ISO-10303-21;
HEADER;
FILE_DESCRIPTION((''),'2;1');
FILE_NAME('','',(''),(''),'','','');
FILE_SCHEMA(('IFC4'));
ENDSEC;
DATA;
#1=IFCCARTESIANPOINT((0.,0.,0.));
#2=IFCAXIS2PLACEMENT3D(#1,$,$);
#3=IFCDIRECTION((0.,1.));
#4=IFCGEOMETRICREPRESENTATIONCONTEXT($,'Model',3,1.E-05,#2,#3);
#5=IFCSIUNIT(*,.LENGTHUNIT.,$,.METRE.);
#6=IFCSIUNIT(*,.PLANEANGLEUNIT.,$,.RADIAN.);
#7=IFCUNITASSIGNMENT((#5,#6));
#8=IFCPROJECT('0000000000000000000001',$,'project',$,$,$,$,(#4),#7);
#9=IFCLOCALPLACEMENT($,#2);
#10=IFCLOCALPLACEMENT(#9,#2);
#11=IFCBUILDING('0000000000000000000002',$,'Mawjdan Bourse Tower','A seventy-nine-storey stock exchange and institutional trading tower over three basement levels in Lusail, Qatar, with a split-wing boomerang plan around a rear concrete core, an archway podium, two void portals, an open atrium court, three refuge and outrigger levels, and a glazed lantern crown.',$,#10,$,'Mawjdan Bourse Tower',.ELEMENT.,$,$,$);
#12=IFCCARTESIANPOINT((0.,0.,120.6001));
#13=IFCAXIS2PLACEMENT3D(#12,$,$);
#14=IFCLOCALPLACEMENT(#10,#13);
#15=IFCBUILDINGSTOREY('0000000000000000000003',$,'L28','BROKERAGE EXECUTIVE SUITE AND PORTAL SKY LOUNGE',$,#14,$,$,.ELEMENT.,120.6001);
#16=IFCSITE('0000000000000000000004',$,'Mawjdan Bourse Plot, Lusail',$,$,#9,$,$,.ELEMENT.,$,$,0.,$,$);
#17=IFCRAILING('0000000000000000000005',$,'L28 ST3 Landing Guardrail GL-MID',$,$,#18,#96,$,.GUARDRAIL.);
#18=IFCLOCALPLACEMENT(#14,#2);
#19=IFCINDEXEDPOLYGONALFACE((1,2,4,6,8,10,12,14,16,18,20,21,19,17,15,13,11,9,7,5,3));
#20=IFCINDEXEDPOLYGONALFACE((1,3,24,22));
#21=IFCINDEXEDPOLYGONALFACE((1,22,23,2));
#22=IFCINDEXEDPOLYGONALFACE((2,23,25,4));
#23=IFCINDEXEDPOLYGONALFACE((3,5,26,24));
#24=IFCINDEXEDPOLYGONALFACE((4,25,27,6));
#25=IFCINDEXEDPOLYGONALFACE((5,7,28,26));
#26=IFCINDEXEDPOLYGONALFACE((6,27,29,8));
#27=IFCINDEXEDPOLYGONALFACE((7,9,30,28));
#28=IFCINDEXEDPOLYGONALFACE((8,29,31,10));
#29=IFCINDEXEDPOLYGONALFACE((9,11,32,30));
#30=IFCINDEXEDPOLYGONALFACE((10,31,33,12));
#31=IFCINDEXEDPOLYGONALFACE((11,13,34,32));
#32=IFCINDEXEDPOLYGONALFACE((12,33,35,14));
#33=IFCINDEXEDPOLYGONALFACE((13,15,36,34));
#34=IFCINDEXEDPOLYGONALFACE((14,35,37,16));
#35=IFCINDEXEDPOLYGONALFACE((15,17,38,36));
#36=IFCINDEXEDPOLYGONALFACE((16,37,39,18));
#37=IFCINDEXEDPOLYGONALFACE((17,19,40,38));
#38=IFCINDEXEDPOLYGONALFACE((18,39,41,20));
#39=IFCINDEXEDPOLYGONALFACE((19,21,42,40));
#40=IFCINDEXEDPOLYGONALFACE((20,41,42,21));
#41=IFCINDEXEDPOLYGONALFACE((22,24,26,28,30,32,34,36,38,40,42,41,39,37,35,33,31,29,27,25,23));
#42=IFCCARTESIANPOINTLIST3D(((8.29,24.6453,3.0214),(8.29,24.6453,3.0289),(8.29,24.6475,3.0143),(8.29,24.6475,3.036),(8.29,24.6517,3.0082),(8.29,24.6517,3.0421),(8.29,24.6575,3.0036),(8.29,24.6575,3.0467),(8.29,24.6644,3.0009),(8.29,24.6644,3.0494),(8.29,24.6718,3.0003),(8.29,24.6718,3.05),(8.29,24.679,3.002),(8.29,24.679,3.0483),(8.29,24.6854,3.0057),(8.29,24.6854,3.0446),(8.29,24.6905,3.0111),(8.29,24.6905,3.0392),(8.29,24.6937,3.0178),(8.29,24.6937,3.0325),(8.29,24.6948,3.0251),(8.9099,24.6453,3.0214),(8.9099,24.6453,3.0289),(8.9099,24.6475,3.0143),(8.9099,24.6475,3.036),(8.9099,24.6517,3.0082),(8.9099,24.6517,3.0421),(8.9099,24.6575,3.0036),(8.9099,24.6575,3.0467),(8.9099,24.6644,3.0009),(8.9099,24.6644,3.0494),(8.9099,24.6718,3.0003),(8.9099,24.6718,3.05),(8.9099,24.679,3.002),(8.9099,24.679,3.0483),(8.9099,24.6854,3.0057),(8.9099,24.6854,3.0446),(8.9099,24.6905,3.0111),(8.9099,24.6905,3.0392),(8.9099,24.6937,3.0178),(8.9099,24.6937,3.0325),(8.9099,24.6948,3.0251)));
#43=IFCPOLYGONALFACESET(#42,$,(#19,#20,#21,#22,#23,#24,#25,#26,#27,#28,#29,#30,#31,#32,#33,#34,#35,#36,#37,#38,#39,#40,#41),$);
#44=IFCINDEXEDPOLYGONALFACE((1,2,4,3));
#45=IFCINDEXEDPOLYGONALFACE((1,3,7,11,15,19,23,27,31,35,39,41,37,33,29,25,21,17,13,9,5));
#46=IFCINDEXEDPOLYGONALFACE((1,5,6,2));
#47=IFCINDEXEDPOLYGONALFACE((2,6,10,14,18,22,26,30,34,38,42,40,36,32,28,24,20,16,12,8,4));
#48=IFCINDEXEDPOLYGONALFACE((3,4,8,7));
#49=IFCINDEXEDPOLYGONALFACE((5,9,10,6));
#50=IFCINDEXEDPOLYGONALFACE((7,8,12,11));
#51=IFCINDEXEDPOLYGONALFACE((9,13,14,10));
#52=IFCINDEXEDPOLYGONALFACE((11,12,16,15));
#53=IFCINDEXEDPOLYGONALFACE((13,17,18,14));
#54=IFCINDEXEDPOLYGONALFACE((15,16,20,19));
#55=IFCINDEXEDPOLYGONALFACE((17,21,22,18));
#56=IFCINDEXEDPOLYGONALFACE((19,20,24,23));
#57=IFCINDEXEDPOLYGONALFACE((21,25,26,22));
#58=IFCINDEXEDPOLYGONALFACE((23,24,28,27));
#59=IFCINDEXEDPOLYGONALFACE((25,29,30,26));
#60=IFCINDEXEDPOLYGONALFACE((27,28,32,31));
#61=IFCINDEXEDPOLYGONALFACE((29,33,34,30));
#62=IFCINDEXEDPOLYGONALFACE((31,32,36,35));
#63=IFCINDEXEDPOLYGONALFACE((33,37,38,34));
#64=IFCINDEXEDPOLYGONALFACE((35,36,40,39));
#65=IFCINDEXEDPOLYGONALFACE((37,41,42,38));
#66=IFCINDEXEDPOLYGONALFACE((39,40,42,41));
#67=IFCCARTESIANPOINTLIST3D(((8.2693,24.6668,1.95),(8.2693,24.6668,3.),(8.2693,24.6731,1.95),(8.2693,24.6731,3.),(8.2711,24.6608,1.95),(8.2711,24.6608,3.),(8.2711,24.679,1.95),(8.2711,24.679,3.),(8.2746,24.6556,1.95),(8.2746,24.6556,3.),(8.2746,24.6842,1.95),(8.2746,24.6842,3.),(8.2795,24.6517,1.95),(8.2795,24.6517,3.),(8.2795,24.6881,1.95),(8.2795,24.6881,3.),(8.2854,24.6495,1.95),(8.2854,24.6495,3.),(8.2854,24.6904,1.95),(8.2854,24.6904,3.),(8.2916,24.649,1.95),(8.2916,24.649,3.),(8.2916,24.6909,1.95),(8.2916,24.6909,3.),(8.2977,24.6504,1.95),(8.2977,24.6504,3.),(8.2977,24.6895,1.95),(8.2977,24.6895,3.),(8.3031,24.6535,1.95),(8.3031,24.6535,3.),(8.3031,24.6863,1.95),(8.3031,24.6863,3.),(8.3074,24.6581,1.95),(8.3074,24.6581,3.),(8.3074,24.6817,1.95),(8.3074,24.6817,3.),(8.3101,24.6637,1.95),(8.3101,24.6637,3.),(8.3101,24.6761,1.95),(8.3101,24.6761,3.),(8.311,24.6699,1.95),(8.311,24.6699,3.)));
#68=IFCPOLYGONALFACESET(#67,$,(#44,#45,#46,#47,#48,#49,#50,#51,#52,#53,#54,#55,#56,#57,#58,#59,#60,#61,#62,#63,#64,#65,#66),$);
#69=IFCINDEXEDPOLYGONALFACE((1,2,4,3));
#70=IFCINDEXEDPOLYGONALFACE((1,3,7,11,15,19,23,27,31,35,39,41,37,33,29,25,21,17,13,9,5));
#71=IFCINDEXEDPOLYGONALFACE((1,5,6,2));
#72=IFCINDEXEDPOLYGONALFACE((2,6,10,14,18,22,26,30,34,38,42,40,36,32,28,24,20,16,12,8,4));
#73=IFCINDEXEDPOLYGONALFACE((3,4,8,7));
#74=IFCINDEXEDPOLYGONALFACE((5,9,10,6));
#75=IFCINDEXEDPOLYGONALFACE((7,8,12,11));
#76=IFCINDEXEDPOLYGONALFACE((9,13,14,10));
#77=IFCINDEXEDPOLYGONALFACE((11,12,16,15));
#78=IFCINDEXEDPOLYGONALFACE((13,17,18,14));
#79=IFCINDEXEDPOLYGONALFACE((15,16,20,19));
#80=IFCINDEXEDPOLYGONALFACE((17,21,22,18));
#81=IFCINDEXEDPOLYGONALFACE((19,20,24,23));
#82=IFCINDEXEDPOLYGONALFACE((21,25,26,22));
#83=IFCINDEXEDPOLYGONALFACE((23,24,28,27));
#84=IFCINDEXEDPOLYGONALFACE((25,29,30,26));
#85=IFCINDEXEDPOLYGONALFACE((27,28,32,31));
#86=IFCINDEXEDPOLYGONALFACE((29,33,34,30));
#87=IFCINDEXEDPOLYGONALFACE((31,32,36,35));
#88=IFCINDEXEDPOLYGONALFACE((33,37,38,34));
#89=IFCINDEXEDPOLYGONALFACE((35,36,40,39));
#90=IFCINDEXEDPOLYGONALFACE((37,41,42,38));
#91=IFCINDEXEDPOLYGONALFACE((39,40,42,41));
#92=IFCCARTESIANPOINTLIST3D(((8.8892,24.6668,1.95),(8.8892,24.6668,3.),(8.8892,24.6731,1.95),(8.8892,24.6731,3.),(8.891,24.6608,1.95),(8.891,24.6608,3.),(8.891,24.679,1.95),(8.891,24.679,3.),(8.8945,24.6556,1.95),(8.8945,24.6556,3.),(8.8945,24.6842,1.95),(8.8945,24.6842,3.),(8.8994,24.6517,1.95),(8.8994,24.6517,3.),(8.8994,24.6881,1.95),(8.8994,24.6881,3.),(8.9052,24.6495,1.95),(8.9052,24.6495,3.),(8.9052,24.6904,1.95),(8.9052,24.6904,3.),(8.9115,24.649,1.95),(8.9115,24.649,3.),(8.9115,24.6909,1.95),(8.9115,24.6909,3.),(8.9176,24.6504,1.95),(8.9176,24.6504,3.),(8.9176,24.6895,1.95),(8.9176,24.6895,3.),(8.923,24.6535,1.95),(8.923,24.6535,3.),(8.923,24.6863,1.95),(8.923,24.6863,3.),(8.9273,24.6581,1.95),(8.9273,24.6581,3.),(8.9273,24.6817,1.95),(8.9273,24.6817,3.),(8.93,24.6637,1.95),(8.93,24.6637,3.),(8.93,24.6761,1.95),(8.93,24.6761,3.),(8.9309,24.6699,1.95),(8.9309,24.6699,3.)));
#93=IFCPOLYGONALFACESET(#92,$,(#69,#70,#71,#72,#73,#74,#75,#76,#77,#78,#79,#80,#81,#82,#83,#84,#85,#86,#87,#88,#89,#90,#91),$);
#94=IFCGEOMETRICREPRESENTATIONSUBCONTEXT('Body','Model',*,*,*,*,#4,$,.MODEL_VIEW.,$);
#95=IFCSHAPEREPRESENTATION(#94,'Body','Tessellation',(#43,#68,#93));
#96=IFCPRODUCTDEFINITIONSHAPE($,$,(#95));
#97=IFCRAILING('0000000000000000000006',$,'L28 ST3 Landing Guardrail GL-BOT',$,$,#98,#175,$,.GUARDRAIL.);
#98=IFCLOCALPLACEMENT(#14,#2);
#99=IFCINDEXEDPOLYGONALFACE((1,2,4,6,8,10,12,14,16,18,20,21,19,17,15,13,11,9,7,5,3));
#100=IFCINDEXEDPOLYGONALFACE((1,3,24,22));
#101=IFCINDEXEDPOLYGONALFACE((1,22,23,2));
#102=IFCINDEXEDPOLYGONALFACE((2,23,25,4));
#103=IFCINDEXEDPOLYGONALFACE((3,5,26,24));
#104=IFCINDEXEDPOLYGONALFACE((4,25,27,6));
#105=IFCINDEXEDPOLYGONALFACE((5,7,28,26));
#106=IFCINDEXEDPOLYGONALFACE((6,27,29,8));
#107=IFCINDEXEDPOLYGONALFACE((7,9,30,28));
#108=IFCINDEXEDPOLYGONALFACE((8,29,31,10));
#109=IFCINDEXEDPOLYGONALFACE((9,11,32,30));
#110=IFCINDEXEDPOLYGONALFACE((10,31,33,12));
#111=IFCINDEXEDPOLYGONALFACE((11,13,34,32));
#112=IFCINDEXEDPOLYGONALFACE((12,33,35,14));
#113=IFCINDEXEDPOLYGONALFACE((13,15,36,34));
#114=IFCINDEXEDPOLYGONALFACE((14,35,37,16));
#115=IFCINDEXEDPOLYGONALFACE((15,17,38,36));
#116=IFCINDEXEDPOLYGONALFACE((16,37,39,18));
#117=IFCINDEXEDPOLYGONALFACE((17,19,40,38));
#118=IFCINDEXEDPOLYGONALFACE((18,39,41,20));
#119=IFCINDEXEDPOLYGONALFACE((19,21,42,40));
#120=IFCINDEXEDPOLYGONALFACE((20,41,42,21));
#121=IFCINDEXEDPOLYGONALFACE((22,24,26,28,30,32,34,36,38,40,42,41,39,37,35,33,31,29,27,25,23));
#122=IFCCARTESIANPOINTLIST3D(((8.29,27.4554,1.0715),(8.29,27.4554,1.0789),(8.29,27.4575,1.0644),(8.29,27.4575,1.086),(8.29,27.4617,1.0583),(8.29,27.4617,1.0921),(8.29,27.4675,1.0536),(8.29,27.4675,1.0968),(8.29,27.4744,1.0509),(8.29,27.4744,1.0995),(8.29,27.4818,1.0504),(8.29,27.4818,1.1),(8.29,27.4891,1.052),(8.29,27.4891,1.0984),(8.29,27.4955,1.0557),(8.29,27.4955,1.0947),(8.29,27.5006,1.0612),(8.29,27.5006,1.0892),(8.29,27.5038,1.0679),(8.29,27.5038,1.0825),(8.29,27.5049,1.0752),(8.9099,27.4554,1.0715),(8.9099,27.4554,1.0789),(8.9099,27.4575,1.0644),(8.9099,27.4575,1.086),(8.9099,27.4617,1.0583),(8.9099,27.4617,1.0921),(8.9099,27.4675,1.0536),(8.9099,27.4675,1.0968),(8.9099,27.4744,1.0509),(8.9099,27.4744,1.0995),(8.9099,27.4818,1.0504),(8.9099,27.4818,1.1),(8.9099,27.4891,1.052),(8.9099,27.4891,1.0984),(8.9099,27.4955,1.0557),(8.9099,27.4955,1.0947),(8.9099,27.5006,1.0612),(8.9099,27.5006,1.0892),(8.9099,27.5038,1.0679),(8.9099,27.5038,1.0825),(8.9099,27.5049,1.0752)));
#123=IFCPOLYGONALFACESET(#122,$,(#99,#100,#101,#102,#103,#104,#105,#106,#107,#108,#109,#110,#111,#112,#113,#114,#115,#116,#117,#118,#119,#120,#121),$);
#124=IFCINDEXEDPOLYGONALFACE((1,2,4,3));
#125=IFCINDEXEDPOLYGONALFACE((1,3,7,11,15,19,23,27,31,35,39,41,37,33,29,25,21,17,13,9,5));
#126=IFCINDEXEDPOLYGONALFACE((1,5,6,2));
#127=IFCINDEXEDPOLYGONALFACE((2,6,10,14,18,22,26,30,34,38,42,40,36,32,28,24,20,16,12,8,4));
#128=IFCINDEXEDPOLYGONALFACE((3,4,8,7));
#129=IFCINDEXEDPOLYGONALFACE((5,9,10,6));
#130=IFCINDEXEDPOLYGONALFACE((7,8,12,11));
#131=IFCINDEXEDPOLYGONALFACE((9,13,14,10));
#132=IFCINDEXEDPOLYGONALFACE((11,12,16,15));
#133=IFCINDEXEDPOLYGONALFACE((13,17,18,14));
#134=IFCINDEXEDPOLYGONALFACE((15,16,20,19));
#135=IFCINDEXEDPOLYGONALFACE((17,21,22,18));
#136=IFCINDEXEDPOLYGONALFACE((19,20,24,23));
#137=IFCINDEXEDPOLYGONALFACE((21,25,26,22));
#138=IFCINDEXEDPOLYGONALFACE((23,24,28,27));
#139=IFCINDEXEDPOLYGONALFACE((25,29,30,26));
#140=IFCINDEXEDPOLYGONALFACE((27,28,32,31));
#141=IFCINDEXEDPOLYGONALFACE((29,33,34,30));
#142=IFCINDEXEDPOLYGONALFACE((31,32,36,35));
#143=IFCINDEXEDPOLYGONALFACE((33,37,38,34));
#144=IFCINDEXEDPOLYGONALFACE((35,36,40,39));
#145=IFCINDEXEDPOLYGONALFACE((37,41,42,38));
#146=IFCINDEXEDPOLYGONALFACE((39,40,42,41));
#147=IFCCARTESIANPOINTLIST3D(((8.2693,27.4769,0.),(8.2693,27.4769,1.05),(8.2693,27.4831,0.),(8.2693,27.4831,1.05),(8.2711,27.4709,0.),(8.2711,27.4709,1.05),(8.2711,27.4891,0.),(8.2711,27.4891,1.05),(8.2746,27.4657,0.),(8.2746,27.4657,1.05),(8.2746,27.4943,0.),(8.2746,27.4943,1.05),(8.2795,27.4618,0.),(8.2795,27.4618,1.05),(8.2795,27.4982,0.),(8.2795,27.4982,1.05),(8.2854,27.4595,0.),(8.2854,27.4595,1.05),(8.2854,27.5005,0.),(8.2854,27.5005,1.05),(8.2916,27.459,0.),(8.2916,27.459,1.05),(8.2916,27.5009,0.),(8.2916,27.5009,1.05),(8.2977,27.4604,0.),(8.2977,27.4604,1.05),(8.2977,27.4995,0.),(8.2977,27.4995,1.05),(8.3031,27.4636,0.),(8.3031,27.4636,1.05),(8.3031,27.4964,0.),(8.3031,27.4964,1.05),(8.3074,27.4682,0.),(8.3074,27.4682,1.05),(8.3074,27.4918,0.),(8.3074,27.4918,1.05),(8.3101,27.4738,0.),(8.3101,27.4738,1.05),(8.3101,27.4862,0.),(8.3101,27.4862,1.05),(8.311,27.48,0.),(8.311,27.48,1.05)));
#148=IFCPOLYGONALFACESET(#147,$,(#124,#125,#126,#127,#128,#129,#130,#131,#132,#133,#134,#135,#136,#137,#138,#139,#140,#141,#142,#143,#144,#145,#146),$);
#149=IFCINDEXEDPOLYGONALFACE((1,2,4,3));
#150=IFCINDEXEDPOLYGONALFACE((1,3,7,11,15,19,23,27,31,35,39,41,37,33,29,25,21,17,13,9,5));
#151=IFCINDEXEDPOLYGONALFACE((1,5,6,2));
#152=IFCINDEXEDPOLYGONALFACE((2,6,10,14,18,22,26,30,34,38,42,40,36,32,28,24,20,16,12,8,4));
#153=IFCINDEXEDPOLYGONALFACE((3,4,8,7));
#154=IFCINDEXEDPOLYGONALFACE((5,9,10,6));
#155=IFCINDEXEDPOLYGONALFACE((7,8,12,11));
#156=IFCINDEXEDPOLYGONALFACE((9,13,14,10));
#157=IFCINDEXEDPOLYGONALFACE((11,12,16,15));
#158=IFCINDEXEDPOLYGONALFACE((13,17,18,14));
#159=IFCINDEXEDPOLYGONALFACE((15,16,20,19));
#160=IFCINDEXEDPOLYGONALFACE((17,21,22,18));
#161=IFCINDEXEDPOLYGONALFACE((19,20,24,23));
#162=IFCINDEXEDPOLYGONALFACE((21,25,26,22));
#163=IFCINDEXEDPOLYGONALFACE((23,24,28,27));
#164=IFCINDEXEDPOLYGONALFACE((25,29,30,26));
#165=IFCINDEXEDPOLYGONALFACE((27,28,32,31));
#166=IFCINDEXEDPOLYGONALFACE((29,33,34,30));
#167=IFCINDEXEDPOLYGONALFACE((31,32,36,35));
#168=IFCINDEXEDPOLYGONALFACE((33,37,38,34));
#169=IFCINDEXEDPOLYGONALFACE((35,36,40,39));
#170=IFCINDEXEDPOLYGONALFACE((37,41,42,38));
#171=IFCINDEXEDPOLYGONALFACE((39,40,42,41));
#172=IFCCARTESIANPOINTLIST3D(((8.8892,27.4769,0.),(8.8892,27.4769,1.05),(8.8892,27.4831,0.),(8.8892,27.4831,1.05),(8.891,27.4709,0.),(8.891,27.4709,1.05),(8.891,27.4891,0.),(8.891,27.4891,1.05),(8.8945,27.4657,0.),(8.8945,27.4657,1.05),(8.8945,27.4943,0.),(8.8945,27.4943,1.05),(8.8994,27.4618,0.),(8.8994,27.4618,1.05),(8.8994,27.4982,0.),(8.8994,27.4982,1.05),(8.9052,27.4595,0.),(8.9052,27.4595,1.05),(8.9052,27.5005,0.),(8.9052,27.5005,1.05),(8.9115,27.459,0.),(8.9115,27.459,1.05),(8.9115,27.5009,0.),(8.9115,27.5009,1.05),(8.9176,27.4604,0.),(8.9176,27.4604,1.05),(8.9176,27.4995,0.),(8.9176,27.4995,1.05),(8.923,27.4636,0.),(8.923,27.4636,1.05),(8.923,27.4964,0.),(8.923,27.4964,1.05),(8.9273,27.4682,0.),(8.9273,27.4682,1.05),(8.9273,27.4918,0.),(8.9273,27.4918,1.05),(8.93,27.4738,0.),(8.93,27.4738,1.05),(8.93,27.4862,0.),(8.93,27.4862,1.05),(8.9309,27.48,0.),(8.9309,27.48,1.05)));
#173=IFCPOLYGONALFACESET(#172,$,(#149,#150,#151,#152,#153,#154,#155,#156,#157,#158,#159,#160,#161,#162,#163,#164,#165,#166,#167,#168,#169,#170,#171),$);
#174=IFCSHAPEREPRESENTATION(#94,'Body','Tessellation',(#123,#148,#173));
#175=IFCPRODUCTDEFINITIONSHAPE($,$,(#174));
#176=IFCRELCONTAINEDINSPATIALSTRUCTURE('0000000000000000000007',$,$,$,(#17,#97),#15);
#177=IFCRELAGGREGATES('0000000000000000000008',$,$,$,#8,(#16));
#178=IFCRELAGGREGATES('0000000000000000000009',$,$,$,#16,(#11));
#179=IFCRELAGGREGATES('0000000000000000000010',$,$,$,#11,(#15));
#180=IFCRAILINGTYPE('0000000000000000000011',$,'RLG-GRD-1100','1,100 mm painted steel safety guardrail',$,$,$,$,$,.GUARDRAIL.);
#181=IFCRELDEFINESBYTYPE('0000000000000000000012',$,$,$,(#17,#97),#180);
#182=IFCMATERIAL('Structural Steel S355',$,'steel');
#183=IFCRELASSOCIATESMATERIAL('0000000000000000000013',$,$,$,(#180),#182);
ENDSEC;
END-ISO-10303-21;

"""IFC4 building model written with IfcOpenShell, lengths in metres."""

from ifc_helpers import new_model, si_unit, direction, frame, origin, origin_2d, place, context, subcontext, project, spatial, circle, extrude, material, type_object, element, save


model = new_model("IFC4")

# Units and contexts
model_context = context("Model", 3, precision=1e-05, world=origin(), true_north=direction((0.0, 1.0)))
body_context = subcontext(model_context, "Body", "Model", "MODEL_VIEW")
ifc_project = project(units=[si_unit("LENGTHUNIT", "METRE"), si_unit("PLANEANGLEUNIT", "RADIAN")], contexts=[model_context])

# Site, building, storey
site_placement = place(None, origin())
site = spatial("IfcSite", under=ifc_project, at=site_placement, Name="Mawjdan Bourse Plot, Lusail", CompositionType="ELEMENT", RefElevation=0.0)
building_placement = place(site_placement, origin())
building = spatial("IfcBuilding", under=site, at=building_placement, Name="Mawjdan Bourse Tower", Description="A seventy-nine-storey stock exchange and institutional trading tower over three basement levels in Lusail, Qatar, with a split-wing boomerang plan around a rear concrete core, an archway podium, two void portals, an open atrium court, three refuge and outrigger levels, and a glazed lantern crown.", LongName="Mawjdan Bourse Tower", CompositionType="ELEMENT")
storey_placement = place(building_placement, frame((0.0, 0.0, 120.6001)))
storey = spatial("IfcBuildingStorey", under=building, at=storey_placement, Name="L28", Description="BROKERAGE EXECUTIVE SUITE AND PORTAL SKY LOUNGE", CompositionType="ELEMENT", Elevation=120.6001)

# Shared definitions
ifc_material_1 = material(Name="Structural Steel S355", Category="steel")

# Railings
railing_type_1 = type_object("IfcRailingType", Name="RLG-GRD-1100", Description="1,100 mm painted steel safety guardrail", PredefinedType="GUARDRAIL", material=ifc_material_1)
for number, where, name in (
    (1, (8.29, 24.6699, 1.95), "L28 ST3 Landing Guardrail GL-MID"),
    (2, (8.29, 27.48, 0.0), "L28 ST3 Landing Guardrail GL-BOT"),
):
    element("IfcRailing", number, at=place(storey_placement, frame(where)), inside=storey, type_object=railing_type_1, Name=name, PredefinedType="GUARDRAIL", context=body_context, shape_type="SweptSolid", body=[
        extrude(circle(Radius=0.0249, at=origin_2d()), frame((0.0, 0.0, 1.0752), z_axis=(1.0, 0.0, 0.0), x_axis=(0.0, 1.0, 0.0)), (0.0, 0.0, 1.0), 0.6199),
        extrude(circle(Radius=0.021, at=origin_2d()), origin(), (0.0, 0.0, 1.0), 1.05),
        extrude(circle(Radius=0.021, at=origin_2d()), frame((0.6199, 0.0, 0.0)), (0.0, 0.0, 1.0), 1.05),
    ])

save(model, "model.ifc")
